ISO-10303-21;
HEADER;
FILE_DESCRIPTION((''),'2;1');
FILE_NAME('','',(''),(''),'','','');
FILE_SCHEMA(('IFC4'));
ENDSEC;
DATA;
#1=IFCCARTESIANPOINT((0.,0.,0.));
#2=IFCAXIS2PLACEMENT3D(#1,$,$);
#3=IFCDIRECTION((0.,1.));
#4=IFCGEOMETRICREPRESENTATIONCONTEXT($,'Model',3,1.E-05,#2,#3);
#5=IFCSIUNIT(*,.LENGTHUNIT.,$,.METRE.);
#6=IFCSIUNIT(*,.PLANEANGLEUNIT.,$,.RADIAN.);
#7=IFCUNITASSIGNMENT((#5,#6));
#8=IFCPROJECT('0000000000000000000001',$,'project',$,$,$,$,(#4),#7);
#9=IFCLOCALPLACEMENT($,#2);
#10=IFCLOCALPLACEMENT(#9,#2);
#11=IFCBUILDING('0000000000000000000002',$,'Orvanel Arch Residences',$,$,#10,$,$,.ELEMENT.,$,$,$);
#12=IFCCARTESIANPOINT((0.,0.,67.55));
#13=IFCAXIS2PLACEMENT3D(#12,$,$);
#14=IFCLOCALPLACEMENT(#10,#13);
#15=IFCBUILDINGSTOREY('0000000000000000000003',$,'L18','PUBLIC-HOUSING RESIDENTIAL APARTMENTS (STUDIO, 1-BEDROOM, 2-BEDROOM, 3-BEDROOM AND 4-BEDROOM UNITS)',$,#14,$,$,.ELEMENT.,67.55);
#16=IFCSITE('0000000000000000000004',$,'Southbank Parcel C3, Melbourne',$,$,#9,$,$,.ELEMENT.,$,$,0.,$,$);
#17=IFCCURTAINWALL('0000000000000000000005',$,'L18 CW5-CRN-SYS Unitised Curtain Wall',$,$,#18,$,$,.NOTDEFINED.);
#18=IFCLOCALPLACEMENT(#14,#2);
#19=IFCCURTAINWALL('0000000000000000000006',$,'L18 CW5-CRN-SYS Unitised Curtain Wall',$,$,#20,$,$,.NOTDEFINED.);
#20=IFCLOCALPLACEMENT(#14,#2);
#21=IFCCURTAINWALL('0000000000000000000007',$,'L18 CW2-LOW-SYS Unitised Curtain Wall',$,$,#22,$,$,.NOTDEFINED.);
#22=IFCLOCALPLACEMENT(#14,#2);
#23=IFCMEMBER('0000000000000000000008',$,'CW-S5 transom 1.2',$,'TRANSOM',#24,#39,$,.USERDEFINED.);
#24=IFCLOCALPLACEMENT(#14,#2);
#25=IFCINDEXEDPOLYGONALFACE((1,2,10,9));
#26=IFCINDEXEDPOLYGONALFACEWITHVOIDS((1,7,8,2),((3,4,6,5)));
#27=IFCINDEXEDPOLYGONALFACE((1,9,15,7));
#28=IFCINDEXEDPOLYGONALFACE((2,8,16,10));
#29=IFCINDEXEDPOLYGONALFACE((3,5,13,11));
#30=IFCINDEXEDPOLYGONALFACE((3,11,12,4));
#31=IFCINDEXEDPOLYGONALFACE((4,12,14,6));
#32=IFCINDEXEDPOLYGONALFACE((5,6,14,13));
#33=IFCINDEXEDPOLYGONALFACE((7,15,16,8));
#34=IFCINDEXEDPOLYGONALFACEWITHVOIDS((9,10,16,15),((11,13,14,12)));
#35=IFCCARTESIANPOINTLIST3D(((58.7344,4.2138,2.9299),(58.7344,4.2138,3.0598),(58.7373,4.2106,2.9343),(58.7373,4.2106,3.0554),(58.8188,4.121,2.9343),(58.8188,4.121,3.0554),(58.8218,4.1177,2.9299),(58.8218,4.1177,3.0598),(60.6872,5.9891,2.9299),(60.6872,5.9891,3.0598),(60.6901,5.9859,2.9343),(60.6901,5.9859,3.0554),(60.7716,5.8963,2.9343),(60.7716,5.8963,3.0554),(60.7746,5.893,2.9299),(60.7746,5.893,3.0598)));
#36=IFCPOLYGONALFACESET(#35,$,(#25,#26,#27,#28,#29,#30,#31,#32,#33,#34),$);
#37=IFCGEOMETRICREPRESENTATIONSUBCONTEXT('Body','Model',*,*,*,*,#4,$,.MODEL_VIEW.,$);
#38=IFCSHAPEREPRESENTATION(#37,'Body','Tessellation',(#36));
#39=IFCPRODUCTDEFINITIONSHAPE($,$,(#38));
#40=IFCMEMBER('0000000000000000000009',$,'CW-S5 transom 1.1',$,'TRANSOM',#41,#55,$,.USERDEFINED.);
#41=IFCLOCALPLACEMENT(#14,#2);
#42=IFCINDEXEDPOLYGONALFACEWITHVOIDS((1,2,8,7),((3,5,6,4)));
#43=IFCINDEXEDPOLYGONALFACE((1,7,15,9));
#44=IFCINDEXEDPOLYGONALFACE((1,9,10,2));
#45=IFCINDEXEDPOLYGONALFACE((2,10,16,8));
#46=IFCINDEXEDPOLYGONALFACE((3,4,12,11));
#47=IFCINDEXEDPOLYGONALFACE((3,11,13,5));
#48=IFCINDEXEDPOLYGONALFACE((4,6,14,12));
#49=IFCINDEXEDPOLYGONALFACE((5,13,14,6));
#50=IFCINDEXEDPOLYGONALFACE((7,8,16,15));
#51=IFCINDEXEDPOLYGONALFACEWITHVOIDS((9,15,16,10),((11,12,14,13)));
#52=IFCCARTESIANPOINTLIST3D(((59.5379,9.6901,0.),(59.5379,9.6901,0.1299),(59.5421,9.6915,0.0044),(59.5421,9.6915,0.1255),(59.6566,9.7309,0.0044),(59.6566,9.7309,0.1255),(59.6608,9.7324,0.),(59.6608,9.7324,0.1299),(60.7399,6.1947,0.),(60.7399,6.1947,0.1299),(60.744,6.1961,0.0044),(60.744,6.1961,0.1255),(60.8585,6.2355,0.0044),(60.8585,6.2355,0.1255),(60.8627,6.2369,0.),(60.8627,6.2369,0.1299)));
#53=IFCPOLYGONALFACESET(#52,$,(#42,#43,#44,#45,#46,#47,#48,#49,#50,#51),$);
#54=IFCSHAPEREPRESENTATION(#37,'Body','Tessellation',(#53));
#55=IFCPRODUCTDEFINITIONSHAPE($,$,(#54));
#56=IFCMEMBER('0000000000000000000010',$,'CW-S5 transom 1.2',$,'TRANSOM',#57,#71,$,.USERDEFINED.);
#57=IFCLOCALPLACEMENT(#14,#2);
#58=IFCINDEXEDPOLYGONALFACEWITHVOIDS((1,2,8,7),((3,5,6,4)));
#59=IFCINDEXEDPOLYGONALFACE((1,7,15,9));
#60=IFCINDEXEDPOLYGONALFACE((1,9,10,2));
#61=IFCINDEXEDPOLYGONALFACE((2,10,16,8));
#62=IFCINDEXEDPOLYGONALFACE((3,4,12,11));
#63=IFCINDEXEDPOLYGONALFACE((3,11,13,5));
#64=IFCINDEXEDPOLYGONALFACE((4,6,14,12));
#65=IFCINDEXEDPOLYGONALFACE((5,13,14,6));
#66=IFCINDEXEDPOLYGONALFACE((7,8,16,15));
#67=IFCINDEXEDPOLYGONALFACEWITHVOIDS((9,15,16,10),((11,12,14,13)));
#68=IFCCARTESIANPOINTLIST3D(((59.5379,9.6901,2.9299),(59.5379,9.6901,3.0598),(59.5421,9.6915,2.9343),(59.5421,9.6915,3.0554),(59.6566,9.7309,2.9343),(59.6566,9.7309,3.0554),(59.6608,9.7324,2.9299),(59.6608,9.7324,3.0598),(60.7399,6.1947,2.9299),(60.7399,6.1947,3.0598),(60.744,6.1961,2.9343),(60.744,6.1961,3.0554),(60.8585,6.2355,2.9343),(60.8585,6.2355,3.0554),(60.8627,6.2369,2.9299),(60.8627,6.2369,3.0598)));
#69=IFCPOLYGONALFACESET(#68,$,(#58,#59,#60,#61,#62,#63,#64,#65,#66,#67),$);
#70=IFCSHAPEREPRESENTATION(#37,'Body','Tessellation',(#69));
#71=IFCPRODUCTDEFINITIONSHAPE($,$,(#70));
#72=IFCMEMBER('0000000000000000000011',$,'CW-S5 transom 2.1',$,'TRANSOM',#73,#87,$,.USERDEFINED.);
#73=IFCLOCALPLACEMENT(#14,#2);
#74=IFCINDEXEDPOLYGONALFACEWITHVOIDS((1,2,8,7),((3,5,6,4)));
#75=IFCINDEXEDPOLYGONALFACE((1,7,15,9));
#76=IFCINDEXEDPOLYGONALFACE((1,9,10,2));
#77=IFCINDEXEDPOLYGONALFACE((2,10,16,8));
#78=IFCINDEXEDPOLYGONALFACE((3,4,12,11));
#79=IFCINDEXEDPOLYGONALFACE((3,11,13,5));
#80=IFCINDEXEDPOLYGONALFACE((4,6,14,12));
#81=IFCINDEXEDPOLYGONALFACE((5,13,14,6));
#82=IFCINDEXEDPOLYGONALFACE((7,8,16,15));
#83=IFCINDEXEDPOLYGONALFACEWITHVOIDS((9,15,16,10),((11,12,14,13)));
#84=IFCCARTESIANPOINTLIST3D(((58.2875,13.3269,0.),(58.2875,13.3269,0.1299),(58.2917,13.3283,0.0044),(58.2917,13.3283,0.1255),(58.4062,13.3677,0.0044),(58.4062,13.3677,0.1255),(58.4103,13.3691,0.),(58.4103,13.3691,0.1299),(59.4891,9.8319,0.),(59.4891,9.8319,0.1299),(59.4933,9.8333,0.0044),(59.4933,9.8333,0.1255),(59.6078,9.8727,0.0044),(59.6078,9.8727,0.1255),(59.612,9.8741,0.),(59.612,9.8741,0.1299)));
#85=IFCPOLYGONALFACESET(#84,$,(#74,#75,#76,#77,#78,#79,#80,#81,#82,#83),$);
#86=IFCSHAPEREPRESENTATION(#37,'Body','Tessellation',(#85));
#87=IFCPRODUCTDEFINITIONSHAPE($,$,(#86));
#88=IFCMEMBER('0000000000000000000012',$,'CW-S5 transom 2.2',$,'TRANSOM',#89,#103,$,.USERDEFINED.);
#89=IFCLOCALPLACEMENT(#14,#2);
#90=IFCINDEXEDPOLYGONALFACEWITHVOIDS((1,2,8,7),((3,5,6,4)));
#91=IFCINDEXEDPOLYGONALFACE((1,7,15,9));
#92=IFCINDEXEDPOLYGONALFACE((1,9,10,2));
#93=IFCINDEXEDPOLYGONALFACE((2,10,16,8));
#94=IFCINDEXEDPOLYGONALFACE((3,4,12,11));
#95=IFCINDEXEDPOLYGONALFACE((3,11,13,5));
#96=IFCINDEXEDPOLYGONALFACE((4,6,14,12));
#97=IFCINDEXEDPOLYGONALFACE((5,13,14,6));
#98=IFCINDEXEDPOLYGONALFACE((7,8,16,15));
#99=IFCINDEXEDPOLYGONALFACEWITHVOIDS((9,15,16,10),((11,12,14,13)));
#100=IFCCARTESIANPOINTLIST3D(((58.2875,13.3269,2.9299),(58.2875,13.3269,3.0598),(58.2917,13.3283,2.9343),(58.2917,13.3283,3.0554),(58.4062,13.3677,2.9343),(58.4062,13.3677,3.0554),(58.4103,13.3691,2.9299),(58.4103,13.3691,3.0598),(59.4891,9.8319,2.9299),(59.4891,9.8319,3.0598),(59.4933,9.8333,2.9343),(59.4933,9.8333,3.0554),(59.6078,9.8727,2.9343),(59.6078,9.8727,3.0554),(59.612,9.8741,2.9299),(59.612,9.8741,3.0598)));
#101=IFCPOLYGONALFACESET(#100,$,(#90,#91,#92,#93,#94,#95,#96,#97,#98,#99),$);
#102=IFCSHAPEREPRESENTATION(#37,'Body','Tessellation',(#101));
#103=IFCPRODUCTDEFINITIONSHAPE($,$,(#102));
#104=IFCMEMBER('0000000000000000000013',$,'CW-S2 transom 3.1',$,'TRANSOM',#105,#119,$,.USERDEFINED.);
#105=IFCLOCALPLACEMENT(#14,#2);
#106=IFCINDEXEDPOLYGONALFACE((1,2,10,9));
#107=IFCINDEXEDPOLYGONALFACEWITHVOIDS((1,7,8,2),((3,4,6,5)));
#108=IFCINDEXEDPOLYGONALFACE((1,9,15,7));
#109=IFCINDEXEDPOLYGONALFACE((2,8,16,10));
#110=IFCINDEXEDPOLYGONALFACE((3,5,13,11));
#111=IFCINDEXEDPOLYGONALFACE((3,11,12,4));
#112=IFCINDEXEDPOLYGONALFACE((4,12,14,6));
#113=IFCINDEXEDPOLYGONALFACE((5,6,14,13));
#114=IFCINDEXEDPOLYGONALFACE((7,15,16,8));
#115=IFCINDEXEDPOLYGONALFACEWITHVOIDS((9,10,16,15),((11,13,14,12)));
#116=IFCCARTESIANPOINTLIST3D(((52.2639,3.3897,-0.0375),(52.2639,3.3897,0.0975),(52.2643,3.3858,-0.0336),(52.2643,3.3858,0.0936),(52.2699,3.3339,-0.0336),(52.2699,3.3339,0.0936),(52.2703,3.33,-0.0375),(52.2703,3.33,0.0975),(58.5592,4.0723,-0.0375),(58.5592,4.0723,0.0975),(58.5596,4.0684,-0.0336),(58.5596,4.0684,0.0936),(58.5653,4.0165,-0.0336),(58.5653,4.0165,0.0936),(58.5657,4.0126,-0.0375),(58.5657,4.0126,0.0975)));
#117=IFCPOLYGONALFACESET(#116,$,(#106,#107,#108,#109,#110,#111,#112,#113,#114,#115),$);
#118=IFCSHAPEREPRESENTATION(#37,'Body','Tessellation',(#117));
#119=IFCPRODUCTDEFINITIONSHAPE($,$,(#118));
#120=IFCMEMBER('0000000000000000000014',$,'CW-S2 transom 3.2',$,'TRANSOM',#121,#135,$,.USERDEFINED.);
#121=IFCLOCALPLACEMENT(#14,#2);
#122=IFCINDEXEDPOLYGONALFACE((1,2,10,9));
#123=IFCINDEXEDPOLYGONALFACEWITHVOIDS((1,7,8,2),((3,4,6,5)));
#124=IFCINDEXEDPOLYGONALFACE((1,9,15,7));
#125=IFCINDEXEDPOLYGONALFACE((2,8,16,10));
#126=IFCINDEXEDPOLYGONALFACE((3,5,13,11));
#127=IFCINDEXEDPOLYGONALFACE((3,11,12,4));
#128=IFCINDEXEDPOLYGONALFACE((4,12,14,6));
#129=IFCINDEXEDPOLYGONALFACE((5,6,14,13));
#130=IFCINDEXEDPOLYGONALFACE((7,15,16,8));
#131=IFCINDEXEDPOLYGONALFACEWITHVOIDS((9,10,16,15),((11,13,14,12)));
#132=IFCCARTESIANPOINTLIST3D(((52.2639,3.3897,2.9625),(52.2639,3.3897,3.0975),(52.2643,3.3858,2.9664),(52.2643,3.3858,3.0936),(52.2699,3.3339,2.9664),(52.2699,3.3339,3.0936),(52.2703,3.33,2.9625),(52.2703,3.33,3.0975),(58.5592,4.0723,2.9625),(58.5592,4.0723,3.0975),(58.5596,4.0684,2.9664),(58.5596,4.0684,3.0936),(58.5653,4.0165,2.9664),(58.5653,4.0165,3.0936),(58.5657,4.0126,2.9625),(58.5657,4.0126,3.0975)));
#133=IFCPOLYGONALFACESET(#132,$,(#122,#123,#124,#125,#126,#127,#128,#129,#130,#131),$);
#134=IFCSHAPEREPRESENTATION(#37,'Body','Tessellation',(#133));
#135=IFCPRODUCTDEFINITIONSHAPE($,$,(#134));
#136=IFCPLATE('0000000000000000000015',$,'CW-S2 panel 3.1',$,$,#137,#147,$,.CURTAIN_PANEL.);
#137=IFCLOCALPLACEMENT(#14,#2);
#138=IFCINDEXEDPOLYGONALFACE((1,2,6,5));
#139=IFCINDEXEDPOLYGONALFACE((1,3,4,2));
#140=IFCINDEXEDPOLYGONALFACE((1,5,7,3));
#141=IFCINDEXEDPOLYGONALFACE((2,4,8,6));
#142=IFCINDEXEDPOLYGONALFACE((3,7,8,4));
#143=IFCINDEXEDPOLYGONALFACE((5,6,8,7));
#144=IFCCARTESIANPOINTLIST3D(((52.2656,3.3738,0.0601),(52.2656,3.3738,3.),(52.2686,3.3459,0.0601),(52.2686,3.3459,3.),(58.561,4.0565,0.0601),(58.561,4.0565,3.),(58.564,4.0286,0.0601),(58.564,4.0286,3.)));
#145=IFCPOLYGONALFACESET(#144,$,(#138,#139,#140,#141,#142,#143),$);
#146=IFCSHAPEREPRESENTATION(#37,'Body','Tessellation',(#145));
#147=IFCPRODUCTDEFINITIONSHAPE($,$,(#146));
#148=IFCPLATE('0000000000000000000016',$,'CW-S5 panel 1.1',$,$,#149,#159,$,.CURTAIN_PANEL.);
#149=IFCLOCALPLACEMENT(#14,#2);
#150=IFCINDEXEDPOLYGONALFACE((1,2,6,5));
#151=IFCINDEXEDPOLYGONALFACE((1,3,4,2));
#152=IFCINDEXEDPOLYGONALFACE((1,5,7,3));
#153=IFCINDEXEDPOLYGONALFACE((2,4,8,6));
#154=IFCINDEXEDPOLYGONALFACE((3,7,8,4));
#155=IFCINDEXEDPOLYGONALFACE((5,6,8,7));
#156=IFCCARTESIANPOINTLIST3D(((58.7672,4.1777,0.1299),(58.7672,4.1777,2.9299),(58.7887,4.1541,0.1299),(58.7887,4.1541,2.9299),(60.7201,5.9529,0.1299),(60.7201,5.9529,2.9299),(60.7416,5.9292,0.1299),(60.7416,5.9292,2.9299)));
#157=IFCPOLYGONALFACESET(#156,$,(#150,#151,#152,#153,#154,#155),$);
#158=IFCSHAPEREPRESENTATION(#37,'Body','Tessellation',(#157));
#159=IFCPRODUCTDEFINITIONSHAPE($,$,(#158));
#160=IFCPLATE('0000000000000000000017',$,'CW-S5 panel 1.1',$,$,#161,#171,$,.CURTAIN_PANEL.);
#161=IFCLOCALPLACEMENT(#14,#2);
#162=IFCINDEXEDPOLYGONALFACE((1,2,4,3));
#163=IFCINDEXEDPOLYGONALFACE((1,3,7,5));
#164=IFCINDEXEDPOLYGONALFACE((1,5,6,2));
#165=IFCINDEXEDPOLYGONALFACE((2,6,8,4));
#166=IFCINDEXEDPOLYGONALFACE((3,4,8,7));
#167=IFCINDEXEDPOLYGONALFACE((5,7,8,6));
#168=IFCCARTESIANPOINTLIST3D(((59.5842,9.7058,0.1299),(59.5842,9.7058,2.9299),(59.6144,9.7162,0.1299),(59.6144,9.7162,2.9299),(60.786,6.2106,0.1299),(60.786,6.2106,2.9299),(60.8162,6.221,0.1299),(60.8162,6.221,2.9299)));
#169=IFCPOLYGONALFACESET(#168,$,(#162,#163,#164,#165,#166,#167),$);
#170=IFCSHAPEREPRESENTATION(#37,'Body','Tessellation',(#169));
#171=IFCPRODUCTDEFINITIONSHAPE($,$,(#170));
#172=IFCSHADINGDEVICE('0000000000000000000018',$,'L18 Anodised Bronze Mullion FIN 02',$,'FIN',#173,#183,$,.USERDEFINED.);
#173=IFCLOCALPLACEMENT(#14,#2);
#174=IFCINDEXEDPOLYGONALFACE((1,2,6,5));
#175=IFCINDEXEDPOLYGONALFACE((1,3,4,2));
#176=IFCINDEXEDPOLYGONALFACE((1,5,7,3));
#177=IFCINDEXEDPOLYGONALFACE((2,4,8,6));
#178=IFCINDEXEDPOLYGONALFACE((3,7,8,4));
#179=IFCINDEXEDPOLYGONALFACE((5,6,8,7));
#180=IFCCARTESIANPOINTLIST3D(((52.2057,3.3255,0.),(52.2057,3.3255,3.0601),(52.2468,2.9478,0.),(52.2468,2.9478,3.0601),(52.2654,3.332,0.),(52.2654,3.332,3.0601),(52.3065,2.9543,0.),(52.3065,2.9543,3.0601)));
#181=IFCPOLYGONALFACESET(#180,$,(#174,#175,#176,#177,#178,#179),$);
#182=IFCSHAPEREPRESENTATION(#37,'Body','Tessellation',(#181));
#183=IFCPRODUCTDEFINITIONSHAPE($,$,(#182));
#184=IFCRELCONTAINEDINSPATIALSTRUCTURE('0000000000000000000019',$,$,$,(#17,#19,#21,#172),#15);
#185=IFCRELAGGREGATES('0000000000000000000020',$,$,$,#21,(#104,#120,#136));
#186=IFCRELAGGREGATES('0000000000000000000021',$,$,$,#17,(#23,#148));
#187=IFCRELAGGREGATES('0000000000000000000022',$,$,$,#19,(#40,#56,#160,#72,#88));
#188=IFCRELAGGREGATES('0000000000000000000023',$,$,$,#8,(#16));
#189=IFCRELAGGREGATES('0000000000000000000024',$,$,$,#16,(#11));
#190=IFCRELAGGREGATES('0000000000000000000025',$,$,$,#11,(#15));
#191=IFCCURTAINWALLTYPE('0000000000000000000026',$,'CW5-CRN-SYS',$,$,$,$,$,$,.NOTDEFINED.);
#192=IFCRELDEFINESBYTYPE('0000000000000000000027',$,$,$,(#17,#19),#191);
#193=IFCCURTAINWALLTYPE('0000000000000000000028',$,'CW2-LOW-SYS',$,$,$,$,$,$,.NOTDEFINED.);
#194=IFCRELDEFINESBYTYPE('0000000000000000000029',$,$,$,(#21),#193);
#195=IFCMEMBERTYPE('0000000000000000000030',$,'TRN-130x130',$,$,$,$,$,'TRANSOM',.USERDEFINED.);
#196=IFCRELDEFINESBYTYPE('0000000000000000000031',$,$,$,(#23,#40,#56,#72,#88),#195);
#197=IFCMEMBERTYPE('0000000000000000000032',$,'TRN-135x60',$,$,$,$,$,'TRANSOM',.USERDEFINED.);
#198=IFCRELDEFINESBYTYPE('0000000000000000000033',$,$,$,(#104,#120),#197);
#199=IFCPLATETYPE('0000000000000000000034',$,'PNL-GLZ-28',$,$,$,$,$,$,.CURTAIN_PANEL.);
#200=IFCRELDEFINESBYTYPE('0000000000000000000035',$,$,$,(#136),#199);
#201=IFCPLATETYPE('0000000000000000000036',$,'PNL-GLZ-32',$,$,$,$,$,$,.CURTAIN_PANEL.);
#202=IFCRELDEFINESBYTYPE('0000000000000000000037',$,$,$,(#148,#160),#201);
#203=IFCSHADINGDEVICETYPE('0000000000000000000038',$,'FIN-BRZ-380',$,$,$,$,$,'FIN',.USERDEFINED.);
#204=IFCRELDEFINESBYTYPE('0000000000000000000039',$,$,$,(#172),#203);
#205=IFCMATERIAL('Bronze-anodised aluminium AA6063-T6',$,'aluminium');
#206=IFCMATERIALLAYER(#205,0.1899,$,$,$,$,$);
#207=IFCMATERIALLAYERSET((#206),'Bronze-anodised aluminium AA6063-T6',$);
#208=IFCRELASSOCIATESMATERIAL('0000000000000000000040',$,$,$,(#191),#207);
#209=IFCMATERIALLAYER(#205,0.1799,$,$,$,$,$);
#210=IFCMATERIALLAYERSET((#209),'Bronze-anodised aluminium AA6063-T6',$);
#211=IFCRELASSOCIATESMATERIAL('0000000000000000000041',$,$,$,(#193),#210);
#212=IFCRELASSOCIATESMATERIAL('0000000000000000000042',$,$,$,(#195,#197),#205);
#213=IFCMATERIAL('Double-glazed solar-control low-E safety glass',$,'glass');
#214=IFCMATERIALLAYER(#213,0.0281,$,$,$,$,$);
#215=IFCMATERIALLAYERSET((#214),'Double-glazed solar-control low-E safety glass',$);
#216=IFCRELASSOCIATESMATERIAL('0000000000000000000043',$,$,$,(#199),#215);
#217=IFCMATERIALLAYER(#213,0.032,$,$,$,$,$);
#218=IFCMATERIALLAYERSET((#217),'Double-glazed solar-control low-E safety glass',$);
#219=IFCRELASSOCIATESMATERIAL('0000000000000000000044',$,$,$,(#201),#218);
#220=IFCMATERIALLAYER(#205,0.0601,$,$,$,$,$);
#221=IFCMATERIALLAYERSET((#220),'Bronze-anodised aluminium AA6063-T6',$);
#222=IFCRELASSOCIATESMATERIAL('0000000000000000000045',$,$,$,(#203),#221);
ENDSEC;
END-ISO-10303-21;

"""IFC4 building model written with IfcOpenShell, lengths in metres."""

from ifc_helpers import new_model, si_unit, direction, frame, origin, origin_2d, place, context, subcontext, project, spatial, rectangle, hollow_rectangle, extrude, material, layer, layer_set, material_profile, profile_set, type_object, element, aggregate, save


model = new_model("IFC4")

# Units and contexts
model_context = context("Model", 3, precision=1e-05, world=origin(), true_north=direction((0.0, 1.0)))
body_context = subcontext(model_context, "Body", "Model", "MODEL_VIEW")
ifc_project = project(units=[si_unit("LENGTHUNIT", "METRE"), si_unit("PLANEANGLEUNIT", "RADIAN")], contexts=[model_context])

# Site, building, storey
site_placement = place(None, origin())
site = spatial("IfcSite", under=ifc_project, at=site_placement, Name="Southbank Parcel C3, Melbourne", CompositionType="ELEMENT", RefElevation=0.0)
building_placement = place(site_placement, origin())
building = spatial("IfcBuilding", under=site, at=building_placement, Name="Orvanel Arch Residences", CompositionType="ELEMENT")
storey_placement = place(building_placement, frame((0.0, 0.0, 67.55)))
storey = spatial("IfcBuildingStorey", under=building, at=storey_placement, Name="L18", Description="PUBLIC-HOUSING RESIDENTIAL APARTMENTS (STUDIO, 1-BEDROOM, 2-BEDROOM, 3-BEDROOM AND 4-BEDROOM UNITS)", CompositionType="ELEMENT", Elevation=67.55)

# Curtain walls
ifc_material_1 = material(Name="Bronze-anodised aluminium AA6063-T6", Category="aluminium")
ifc_layer_1 = layer(ifc_material_1, 0.1899)
ifc_layer_set_1 = layer_set([ifc_layer_1], Name="Bronze-anodised aluminium AA6063-T6")
curtain_wall_type_1 = type_object("IfcCurtainWallType", Name="CW5-CRN-SYS", PredefinedType="NOTDEFINED", material=ifc_layer_set_1)
curtain_wall_1_placement = place(storey_placement, origin())
curtain_wall_1 = element("IfcCurtainWall", 1, at=curtain_wall_1_placement, inside=storey, type_object=curtain_wall_type_1, Name="L18 CW5-CRN-SYS Unitised Curtain Wall", PredefinedType="NOTDEFINED")
curtain_wall_2_placement = place(storey_placement, origin())
curtain_wall_2 = element("IfcCurtainWall", 2, at=curtain_wall_2_placement, inside=storey, type_object=curtain_wall_type_1, Name="L18 CW5-CRN-SYS Unitised Curtain Wall", PredefinedType="NOTDEFINED")
ifc_layer_2 = layer(ifc_material_1, 0.1799)
ifc_layer_set_2 = layer_set([ifc_layer_2], Name="Bronze-anodised aluminium AA6063-T6")
curtain_wall_type_2 = type_object("IfcCurtainWallType", Name="CW2-LOW-SYS", PredefinedType="NOTDEFINED", material=ifc_layer_set_2)
curtain_wall_3_placement = place(storey_placement, origin())
curtain_wall_3 = element("IfcCurtainWall", 3, at=curtain_wall_3_placement, inside=storey, type_object=curtain_wall_type_2, Name="L18 CW2-LOW-SYS Unitised Curtain Wall", PredefinedType="NOTDEFINED")

# Members
ifc_material_profile_1 = material_profile(ifc_material_1, hollow_rectangle(XDim=0.1299, YDim=0.1299, WallThickness=0.0044, at=origin_2d()), Name="ALU130x130x4.5")
ifc_profile_set_1 = profile_set([ifc_material_profile_1], Name="Bronze-anodised aluminium AA6063-T6")
member_type_1 = type_object("IfcMemberType", Name="TRN-130x130", ElementType="TRANSOM", PredefinedType="USERDEFINED", material=ifc_profile_set_1)
member_1_placement = place(storey_placement, frame((58.7781, 4.1658, 2.9949), z_axis=(0.739932, 0.672682, 0.0), x_axis=(-0.672682, 0.739932, 0.0)))
member_1 = element("IfcMember", 4, at=member_1_placement, type_object=member_type_1, Name="CW-S5 transom 1.2", ObjectType="TRANSOM", PredefinedType="USERDEFINED", context=body_context, shape_type="SweptSolid", body=[
    extrude(hollow_rectangle(XDim=0.1299, YDim=0.1299, WallThickness=0.0044, at=origin_2d()), origin(), (0.0, 0.0, 1.0), 2.6392),
])
member_2_placement = place(storey_placement, frame((60.8013, 6.2158, 0.0649), z_axis=(-0.32517, 0.945656, 0.0), x_axis=(-0.945656, -0.32517, 0.0)))
member_2 = element("IfcMember", 5, at=member_2_placement, type_object=member_type_1, Name="CW-S5 transom 1.1", ObjectType="TRANSOM", PredefinedType="USERDEFINED", context=body_context, shape_type="SweptSolid", body=[
    extrude(hollow_rectangle(XDim=0.1299, YDim=0.1299, WallThickness=0.0044, at=origin_2d()), origin(), (0.0, 0.0, 1.0), 3.6963),
])
member_3_placement = place(storey_placement, frame((60.8013, 6.2158, 2.9949), z_axis=(-0.32517, 0.945656, 0.0), x_axis=(-0.945656, -0.32517, 0.0)))
member_3 = element("IfcMember", 6, at=member_3_placement, type_object=member_type_1, Name="CW-S5 transom 1.2", ObjectType="TRANSOM", PredefinedType="USERDEFINED", context=body_context, shape_type="SweptSolid", body=[
    extrude(hollow_rectangle(XDim=0.1299, YDim=0.1299, WallThickness=0.0044, at=origin_2d()), origin(), (0.0, 0.0, 1.0), 3.6963),
])
member_4_placement = place(storey_placement, frame((59.5505, 9.853, 0.0649), z_axis=(-0.325131, 0.945669, 0.0), x_axis=(-0.945669, -0.325131, 0.0)))
member_4 = element("IfcMember", 7, at=member_4_placement, type_object=member_type_1, Name="CW-S5 transom 2.1", ObjectType="TRANSOM", PredefinedType="USERDEFINED", context=body_context, shape_type="SweptSolid", body=[
    extrude(hollow_rectangle(XDim=0.1299, YDim=0.1299, WallThickness=0.0044, at=origin_2d()), origin(), (0.0, 0.0, 1.0), 3.6958),
])
member_5_placement = place(storey_placement, frame((59.5505, 9.853, 2.9949), z_axis=(-0.325131, 0.945669, 0.0), x_axis=(-0.945669, -0.325131, 0.0)))
member_5 = element("IfcMember", 8, at=member_5_placement, type_object=member_type_1, Name="CW-S5 transom 2.2", ObjectType="TRANSOM", PredefinedType="USERDEFINED", context=body_context, shape_type="SweptSolid", body=[
    extrude(hollow_rectangle(XDim=0.1299, YDim=0.1299, WallThickness=0.0044, at=origin_2d()), origin(), (0.0, 0.0, 1.0), 3.6958),
])
ifc_material_profile_2 = material_profile(ifc_material_1, hollow_rectangle(XDim=0.0601, YDim=0.135, WallThickness=0.0039, at=origin_2d()), Name="ALU135x60x4")
ifc_profile_set_2 = profile_set([ifc_material_profile_2], Name="Bronze-anodised aluminium AA6063-T6")
member_type_2 = type_object("IfcMemberType", Name="TRN-135x60", ElementType="TRANSOM", PredefinedType="USERDEFINED", material=ifc_profile_set_2)
member_6_placement = place(storey_placement, frame((52.2671, 3.3599, 0.03), z_axis=(0.994173, 0.107799, 0.0), x_axis=(-0.107799, 0.994173, 0.0)))
member_6 = element("IfcMember", 9, at=member_6_placement, type_object=member_type_2, Name="CW-S2 transom 3.1", ObjectType="TRANSOM", PredefinedType="USERDEFINED", context=body_context, shape_type="SweptSolid", body=[
    extrude(hollow_rectangle(XDim=0.0601, YDim=0.135, WallThickness=0.0039, at=origin_2d()), origin(), (0.0, 0.0, 1.0), 6.3323),
])
member_7_placement = place(storey_placement, frame((52.2671, 3.3599, 3.03), z_axis=(0.994173, 0.107799, 0.0), x_axis=(-0.107799, 0.994173, 0.0)))
member_7 = element("IfcMember", 10, at=member_7_placement, type_object=member_type_2, Name="CW-S2 transom 3.2", ObjectType="TRANSOM", PredefinedType="USERDEFINED", context=body_context, shape_type="SweptSolid", body=[
    extrude(hollow_rectangle(XDim=0.0601, YDim=0.135, WallThickness=0.0039, at=origin_2d()), origin(), (0.0, 0.0, 1.0), 6.3323),
])

# Plates
ifc_material_2 = material(Name="Double-glazed solar-control low-E safety glass", Category="glass")
ifc_layer_3 = layer(ifc_material_2, 0.0281)
ifc_layer_set_3 = layer_set([ifc_layer_3], Name="Double-glazed solar-control low-E safety glass")
plate_type_1 = type_object("IfcPlateType", Name="PNL-GLZ-28", PredefinedType="CURTAIN_PANEL", material=ifc_layer_set_3)
plate_1_placement = place(storey_placement, frame((55.4148, 3.7012, 0.0601), z_axis=(0.0, 0.0, 1.0), x_axis=(0.994171, 0.107811, 0.0)))
plate_1 = element("IfcPlate", 11, at=plate_1_placement, type_object=plate_type_1, Name="CW-S2 panel 3.1", PredefinedType="CURTAIN_PANEL", context=body_context, shape_type="SweptSolid", body=[
    extrude(rectangle(XDim=6.3323, YDim=0.0281, at=origin_2d()), origin(), (0.0, 0.0, 1.0), 2.9399),
])
aggregate(curtain_wall_3, [member_6, member_7, plate_1])
ifc_layer_4 = layer(ifc_material_2, 0.032)
ifc_layer_set_4 = layer_set([ifc_layer_4], Name="Double-glazed solar-control low-E safety glass")
plate_type_2 = type_object("IfcPlateType", Name="PNL-GLZ-32", PredefinedType="CURTAIN_PANEL", material=ifc_layer_set_4)
plate_2_placement = place(storey_placement, frame((59.7544, 5.0535, 0.1299), z_axis=(0.0, 0.0, 1.0), x_axis=(0.739986, 0.672622, 0.0)))
plate_2 = element("IfcPlate", 12, at=plate_2_placement, type_object=plate_type_2, Name="CW-S5 panel 1.1", PredefinedType="CURTAIN_PANEL", context=body_context, shape_type="SweptSolid", body=[
    extrude(rectangle(XDim=2.6392, YDim=0.032, at=origin_2d()), origin(), (0.0, 0.0, 1.0), 2.8),
])
aggregate(curtain_wall_1, [member_1, plate_2])
plate_3_placement = place(storey_placement, frame((60.2002, 7.9634, 0.1299), z_axis=(0.0, 0.0, 1.0), x_axis=(-0.325165, 0.945657, 0.0)))
plate_3 = element("IfcPlate", 13, at=plate_3_placement, type_object=plate_type_2, Name="CW-S5 panel 1.1", PredefinedType="CURTAIN_PANEL", context=body_context, shape_type="SweptSolid", body=[
    extrude(rectangle(XDim=3.696, YDim=0.032, at=origin_2d()), origin(), (0.0, 0.0, 1.0), 2.8),
])
aggregate(curtain_wall_2, [member_2, member_3, plate_3, member_4, member_5])

# Shading device
ifc_layer_5 = layer(ifc_material_1, 0.0601)
ifc_layer_set_5 = layer_set([ifc_layer_5], Name="Bronze-anodised aluminium AA6063-T6")
shading_device_type = type_object("IfcShadingDeviceType", Name="FIN-BRZ-380", ElementType="FIN", PredefinedType="USERDEFINED", material=ifc_layer_set_5)
shading_device_placement = place(storey_placement, frame((52.2561, 3.1399, 0.0), z_axis=(0.0, 0.0, 1.0), x_axis=(0.107999, -0.994151, 0.0)))
element("IfcShadingDevice", 14, at=shading_device_placement, inside=storey, type_object=shading_device_type, Name="L18 Anodised Bronze Mullion FIN 02", ObjectType="FIN", PredefinedType="USERDEFINED", context=body_context, shape_type="SweptSolid", body=[
    extrude(rectangle(XDim=0.3799, YDim=0.0601, at=origin_2d()), origin(), (0.0, 0.0, 1.0), 3.0601),
])

save(model, "model.ifc")
